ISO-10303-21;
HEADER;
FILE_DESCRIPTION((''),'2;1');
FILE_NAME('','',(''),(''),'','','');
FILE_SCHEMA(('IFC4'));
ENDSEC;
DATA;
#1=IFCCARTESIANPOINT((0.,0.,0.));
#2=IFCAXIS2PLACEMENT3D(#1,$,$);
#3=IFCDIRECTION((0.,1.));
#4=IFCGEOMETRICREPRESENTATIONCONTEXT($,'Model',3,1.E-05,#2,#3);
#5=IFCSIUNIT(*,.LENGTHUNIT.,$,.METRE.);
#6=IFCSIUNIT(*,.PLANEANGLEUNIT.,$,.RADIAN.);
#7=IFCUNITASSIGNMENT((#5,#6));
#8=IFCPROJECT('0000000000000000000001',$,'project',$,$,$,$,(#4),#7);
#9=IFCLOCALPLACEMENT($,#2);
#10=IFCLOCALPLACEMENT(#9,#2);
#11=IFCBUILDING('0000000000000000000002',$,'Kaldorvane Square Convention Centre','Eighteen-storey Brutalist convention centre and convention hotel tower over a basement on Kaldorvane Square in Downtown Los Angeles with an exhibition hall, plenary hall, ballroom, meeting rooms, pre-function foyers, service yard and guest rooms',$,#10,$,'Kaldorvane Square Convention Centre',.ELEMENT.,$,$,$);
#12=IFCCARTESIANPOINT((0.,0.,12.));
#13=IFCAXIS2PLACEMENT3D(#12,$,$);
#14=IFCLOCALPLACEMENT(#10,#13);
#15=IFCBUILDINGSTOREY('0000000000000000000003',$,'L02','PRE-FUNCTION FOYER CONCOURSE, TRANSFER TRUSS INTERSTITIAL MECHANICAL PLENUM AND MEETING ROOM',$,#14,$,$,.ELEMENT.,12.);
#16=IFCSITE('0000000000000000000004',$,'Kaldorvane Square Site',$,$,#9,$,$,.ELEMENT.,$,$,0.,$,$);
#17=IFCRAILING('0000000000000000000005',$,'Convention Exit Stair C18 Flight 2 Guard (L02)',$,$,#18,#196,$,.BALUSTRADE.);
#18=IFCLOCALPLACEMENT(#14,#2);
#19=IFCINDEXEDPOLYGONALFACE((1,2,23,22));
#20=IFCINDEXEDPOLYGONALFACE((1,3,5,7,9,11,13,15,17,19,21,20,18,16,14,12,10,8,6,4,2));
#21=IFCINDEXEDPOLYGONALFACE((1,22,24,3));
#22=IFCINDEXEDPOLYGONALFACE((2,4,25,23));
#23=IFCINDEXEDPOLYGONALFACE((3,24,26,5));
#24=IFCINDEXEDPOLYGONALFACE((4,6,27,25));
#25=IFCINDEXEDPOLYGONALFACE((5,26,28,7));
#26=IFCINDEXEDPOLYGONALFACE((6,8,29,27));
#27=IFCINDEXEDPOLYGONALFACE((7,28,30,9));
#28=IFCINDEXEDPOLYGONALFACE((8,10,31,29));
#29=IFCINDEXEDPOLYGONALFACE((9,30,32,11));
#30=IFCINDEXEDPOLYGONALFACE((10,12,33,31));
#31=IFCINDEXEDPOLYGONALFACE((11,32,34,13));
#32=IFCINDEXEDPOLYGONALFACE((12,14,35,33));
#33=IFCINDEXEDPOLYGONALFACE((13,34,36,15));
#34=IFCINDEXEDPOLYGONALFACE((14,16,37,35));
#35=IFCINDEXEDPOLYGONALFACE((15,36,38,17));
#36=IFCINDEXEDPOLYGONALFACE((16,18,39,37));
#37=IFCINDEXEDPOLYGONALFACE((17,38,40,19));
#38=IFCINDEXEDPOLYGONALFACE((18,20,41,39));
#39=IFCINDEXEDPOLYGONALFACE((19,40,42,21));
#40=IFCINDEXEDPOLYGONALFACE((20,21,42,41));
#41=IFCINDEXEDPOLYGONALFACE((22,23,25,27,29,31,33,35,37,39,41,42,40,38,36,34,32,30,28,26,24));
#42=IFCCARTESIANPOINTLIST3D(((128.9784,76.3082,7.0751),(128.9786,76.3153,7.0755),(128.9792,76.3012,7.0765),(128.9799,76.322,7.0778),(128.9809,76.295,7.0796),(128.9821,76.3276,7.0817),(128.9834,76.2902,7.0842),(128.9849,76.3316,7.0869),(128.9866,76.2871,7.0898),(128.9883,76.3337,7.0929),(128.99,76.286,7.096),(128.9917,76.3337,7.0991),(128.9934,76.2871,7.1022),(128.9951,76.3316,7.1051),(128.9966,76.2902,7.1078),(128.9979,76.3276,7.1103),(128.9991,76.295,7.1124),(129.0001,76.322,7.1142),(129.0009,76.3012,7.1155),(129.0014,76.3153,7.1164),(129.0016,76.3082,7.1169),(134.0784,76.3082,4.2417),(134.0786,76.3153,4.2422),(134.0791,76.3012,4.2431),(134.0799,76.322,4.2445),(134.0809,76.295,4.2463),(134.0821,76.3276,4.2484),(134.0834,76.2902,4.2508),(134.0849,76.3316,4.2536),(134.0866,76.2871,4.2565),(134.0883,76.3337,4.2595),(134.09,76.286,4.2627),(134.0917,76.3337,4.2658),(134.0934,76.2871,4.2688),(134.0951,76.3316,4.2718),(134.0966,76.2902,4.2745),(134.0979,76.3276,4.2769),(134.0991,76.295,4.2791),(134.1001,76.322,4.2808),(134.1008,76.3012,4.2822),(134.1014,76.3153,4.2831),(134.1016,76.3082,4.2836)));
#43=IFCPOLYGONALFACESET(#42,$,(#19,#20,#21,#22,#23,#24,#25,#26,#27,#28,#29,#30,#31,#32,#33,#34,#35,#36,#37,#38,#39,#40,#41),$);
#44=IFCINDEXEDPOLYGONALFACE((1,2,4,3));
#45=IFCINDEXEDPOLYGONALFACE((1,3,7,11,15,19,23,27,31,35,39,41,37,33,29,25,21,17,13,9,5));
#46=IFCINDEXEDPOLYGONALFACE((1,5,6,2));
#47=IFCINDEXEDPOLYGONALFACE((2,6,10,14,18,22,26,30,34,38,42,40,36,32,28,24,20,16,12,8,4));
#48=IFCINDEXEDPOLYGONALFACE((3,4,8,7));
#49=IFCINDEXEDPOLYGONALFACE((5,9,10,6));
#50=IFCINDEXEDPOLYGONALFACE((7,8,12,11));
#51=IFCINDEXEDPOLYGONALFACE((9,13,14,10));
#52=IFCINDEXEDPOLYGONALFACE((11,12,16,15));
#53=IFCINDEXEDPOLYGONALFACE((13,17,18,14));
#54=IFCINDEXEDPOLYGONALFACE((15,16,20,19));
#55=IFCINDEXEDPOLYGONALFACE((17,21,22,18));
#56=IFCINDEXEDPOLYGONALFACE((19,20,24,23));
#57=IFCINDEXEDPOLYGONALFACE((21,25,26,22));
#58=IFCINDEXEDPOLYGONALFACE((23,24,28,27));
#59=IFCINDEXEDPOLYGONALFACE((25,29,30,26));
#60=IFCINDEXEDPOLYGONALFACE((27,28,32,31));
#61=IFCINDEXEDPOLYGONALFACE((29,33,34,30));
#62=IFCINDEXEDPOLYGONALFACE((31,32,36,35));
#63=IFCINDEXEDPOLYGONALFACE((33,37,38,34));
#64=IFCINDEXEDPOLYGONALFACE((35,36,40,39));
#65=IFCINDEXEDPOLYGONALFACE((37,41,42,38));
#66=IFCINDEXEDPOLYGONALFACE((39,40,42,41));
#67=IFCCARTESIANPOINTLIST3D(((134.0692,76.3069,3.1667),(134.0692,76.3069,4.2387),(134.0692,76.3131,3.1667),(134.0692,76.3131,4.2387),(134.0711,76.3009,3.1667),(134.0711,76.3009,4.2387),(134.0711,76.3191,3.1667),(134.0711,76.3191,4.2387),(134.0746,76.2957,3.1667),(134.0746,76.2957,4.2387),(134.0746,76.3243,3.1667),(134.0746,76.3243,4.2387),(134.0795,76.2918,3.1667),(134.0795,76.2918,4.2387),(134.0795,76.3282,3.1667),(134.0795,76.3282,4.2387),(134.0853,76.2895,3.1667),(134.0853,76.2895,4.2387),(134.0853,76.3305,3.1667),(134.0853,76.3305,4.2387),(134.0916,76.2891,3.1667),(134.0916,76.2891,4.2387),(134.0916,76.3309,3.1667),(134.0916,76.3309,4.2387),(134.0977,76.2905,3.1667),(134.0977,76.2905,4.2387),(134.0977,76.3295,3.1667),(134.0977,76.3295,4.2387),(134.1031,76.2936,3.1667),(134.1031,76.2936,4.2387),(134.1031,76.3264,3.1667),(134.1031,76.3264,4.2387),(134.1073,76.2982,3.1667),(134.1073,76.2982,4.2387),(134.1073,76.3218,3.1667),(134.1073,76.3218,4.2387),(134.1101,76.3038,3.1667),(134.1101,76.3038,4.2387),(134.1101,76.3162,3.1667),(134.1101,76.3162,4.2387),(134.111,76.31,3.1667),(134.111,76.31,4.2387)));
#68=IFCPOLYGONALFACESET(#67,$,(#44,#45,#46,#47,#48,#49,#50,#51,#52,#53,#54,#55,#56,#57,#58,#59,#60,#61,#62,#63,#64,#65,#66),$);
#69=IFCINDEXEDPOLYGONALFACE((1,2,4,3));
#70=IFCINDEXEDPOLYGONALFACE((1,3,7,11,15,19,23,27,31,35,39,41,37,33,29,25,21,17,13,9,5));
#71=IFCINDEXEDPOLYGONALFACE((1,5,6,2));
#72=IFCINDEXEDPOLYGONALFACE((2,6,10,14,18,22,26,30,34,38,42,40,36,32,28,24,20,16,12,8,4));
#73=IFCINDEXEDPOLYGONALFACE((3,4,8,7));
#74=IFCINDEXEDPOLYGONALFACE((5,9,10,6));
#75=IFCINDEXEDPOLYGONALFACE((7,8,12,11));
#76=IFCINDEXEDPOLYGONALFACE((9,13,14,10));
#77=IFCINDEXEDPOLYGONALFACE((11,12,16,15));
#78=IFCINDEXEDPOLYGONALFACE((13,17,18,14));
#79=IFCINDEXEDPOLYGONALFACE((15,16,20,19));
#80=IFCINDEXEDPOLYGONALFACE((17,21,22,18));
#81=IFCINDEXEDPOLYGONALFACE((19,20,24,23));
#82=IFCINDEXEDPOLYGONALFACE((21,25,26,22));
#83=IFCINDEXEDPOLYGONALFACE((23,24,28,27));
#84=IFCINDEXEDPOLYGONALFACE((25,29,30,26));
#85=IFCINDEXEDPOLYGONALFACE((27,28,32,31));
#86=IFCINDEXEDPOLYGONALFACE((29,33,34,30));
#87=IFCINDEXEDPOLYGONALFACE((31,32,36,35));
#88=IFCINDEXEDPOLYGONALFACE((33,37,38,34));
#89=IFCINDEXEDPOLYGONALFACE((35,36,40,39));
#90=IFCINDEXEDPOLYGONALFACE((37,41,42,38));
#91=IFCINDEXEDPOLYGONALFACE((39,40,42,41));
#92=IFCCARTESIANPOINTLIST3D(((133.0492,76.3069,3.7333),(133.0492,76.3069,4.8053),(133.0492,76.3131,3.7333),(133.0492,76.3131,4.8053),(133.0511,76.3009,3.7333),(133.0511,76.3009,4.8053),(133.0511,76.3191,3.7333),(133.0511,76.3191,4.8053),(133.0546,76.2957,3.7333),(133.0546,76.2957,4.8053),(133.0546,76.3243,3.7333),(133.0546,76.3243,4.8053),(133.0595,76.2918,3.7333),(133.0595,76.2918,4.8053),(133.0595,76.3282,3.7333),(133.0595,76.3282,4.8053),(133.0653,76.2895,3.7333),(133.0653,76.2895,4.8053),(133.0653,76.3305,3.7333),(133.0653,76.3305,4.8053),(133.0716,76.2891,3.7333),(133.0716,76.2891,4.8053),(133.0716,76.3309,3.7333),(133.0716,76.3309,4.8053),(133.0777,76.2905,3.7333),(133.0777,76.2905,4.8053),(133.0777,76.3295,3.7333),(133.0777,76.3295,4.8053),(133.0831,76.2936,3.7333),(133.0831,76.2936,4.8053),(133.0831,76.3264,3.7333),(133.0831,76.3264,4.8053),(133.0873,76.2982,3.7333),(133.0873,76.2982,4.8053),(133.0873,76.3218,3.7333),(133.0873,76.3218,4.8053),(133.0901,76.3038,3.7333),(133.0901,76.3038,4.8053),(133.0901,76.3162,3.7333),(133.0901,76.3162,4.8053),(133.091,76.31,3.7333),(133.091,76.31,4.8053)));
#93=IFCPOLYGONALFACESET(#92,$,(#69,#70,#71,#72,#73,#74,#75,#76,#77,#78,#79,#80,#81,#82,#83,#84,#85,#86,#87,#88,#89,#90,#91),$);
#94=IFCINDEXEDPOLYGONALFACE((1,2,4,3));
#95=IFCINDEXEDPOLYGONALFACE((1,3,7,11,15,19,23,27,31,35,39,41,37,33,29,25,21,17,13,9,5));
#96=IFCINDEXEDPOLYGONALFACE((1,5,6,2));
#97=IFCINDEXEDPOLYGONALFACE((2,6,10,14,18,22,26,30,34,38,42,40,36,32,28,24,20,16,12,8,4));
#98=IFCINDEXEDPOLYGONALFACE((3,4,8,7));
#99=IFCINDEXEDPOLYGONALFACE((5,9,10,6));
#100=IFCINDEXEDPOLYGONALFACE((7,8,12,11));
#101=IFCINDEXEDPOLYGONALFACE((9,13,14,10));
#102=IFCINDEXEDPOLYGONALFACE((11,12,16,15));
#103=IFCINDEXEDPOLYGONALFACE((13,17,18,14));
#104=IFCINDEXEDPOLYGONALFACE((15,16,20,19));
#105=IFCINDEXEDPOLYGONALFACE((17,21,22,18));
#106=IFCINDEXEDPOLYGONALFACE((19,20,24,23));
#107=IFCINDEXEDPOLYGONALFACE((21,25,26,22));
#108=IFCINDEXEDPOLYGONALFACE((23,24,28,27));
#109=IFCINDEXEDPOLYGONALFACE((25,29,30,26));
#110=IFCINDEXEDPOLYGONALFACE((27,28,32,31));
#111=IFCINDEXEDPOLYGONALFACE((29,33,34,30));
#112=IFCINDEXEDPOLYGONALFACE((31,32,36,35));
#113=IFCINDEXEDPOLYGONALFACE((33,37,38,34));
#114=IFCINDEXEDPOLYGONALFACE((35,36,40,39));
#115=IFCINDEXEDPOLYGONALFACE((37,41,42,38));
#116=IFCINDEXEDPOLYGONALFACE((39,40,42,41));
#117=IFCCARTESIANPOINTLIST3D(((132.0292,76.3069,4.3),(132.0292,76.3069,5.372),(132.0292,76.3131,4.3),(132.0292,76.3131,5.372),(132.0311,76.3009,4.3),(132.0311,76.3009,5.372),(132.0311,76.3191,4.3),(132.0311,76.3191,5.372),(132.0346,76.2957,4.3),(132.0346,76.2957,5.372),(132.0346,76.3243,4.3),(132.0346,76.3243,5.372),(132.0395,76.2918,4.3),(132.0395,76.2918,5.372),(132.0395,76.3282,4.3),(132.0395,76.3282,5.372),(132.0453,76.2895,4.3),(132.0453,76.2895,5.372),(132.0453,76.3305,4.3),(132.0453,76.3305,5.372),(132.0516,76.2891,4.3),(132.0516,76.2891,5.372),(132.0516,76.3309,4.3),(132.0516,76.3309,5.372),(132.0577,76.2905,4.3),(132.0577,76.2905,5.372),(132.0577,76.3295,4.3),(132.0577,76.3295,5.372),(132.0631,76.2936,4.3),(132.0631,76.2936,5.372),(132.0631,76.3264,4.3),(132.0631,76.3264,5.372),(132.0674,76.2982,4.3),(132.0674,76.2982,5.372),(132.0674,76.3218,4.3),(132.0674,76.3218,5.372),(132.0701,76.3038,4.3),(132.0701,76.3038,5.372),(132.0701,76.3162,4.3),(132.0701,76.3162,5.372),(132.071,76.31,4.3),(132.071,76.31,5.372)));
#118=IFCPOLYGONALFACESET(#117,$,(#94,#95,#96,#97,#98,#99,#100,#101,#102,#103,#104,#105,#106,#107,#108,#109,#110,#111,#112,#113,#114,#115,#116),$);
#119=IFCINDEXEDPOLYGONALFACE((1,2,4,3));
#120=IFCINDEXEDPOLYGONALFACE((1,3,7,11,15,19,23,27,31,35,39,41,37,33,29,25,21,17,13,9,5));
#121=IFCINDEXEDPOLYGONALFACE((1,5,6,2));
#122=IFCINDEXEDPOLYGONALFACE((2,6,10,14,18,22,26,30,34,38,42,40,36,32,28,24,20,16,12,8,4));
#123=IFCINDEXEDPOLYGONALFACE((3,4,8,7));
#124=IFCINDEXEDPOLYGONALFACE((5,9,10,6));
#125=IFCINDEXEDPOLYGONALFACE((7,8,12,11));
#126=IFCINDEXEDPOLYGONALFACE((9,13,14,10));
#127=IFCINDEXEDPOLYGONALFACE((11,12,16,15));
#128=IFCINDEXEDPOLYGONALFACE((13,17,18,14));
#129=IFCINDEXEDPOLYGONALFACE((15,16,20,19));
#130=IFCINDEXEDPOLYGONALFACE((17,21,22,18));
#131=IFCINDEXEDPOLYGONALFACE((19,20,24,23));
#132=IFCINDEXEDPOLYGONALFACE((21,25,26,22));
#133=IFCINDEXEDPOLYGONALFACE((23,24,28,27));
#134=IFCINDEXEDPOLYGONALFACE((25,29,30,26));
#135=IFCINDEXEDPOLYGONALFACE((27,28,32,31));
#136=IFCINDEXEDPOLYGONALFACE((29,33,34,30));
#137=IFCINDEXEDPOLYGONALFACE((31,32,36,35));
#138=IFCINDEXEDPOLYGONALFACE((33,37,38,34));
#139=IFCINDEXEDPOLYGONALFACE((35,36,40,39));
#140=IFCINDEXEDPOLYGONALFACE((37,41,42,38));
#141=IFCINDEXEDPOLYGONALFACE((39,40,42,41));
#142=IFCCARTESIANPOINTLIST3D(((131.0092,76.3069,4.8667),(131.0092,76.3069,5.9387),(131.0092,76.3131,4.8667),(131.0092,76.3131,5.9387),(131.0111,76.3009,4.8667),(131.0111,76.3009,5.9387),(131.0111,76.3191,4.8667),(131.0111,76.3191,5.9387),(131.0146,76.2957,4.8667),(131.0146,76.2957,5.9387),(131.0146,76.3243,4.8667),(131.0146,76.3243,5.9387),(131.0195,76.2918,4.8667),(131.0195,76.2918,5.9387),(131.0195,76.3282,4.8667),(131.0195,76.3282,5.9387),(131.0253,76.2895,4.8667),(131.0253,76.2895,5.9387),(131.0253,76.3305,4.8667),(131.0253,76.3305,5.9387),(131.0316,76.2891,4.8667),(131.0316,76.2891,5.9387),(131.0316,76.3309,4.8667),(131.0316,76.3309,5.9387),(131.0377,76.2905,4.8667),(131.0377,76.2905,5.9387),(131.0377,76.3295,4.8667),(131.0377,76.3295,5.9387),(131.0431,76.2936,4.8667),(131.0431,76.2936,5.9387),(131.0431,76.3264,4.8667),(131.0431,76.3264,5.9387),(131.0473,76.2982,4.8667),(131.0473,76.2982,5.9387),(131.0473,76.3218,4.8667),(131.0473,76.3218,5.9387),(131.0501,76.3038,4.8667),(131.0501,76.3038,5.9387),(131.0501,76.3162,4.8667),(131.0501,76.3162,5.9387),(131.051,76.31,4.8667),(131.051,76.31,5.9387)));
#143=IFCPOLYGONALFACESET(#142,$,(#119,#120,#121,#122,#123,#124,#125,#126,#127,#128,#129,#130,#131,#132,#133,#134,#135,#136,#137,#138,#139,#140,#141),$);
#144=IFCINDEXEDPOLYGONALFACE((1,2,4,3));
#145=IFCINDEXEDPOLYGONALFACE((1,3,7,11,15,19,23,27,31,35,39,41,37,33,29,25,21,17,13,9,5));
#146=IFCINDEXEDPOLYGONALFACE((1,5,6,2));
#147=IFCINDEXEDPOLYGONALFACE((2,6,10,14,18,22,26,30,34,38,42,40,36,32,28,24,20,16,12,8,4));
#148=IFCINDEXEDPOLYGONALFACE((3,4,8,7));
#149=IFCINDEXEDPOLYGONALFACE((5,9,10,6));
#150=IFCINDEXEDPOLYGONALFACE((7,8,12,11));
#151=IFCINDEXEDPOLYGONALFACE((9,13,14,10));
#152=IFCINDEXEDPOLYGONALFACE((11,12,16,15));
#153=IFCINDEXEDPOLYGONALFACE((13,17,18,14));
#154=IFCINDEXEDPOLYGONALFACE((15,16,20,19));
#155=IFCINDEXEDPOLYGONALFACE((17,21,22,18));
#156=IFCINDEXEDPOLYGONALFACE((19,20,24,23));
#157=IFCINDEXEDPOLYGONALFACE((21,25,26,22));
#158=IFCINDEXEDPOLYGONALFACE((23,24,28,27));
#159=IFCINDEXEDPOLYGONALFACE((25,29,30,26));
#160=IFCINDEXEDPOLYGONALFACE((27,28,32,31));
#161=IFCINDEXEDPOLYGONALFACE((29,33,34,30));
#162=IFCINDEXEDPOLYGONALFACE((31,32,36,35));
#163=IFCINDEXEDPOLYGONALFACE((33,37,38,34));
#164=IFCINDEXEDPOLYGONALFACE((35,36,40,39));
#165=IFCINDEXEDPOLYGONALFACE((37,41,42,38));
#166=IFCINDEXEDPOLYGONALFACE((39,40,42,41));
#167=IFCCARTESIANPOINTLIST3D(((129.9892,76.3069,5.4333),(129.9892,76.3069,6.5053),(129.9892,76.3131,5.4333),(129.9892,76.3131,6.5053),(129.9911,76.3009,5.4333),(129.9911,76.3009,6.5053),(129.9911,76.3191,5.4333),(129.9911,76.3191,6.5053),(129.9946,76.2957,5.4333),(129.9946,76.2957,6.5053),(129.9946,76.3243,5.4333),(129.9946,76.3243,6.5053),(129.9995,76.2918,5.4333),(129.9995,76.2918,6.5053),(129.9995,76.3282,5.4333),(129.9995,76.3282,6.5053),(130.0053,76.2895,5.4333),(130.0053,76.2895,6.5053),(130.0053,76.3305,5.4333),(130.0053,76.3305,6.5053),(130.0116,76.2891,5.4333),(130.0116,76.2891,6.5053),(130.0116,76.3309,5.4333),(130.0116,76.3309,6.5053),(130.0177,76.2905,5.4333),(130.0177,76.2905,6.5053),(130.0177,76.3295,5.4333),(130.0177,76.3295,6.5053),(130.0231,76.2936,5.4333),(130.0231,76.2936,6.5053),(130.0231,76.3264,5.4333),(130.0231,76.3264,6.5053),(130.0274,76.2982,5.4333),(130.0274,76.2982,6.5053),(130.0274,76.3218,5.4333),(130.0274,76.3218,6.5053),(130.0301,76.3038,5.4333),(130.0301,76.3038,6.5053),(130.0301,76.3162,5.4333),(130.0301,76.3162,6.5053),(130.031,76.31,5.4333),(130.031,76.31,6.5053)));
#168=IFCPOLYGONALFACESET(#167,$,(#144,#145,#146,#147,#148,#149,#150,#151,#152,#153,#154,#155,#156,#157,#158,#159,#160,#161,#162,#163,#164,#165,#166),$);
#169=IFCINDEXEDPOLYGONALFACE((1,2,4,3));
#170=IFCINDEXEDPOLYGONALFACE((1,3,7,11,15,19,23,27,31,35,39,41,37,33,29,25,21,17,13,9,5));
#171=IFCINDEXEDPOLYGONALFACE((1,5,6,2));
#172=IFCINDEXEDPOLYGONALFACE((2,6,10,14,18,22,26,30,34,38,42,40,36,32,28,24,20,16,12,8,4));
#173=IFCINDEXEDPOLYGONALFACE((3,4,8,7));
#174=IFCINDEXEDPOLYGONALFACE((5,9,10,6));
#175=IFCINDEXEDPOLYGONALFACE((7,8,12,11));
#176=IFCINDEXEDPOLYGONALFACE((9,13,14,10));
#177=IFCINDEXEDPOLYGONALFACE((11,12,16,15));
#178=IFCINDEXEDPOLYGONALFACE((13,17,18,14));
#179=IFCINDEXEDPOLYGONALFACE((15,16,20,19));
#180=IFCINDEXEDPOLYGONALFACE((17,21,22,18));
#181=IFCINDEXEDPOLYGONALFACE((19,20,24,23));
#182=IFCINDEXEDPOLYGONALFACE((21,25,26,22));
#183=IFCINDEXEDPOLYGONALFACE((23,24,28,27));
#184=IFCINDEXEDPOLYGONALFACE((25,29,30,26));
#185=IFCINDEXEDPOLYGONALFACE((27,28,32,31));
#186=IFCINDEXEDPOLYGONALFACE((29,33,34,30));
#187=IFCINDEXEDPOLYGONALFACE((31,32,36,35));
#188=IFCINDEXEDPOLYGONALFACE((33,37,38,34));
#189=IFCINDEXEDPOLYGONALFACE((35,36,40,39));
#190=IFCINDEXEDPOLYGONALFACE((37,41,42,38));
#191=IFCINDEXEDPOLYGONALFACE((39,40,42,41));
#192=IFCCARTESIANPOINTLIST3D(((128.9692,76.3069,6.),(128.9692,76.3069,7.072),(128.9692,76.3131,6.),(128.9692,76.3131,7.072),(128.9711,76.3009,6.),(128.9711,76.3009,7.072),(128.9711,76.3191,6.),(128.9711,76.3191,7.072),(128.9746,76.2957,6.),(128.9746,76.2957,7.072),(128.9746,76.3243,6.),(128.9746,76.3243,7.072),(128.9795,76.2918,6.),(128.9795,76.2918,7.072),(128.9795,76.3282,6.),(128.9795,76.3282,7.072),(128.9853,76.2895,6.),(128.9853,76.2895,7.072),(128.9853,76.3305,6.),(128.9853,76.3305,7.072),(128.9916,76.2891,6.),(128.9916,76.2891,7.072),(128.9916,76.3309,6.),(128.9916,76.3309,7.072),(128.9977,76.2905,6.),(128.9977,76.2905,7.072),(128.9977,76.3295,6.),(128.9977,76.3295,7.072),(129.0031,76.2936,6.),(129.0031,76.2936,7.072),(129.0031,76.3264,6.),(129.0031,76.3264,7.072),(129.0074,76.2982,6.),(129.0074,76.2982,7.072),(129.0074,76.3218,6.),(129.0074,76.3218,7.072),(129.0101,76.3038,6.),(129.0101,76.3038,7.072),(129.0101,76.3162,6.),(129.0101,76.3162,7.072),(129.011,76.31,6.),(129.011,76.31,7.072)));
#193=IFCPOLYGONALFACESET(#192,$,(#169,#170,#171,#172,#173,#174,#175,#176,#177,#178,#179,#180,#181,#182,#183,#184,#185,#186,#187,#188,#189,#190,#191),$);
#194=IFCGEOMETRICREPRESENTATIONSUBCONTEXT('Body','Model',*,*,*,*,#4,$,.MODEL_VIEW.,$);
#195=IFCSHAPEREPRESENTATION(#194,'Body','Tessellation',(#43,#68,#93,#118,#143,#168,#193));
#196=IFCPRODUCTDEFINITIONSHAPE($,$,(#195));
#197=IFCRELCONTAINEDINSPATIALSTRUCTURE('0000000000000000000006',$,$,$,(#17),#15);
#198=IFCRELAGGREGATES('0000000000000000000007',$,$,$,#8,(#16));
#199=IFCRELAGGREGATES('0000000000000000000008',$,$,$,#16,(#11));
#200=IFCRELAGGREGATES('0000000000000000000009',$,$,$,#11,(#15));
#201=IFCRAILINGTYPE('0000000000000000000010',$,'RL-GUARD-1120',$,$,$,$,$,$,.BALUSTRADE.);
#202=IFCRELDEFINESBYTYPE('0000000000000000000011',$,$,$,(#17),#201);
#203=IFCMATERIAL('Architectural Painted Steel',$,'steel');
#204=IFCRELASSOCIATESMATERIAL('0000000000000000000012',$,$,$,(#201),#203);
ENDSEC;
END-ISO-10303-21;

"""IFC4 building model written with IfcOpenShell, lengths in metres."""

from ifc_helpers import new_model, si_unit, direction, frame, origin, origin_2d, place, context, subcontext, project, spatial, circle, extrude, material, type_object, element, save


model = new_model("IFC4")

# Units and contexts
model_context = context("Model", 3, precision=1e-05, world=origin(), true_north=direction((0.0, 1.0)))
body_context = subcontext(model_context, "Body", "Model", "MODEL_VIEW")
ifc_project = project(units=[si_unit("LENGTHUNIT", "METRE"), si_unit("PLANEANGLEUNIT", "RADIAN")], contexts=[model_context])

# Site, building, storey
site_placement = place(None, origin())
site = spatial("IfcSite", under=ifc_project, at=site_placement, Name="Kaldorvane Square Site", CompositionType="ELEMENT", RefElevation=0.0)
building_placement = place(site_placement, origin())
building = spatial("IfcBuilding", under=site, at=building_placement, Name="Kaldorvane Square Convention Centre", Description="Eighteen-storey Brutalist convention centre and convention hotel tower over a basement on Kaldorvane Square in Downtown Los Angeles with an exhibition hall, plenary hall, ballroom, meeting rooms, pre-function foyers, service yard and guest rooms", LongName="Kaldorvane Square Convention Centre", CompositionType="ELEMENT")
storey_placement = place(building_placement, frame((0.0, 0.0, 12.0)))
storey = spatial("IfcBuildingStorey", under=building, at=storey_placement, Name="L02", Description="PRE-FUNCTION FOYER CONCOURSE, TRANSFER TRUSS INTERSTITIAL MECHANICAL PLENUM AND MEETING ROOM", CompositionType="ELEMENT", Elevation=12.0)

# Railing
ifc_material_1 = material(Name="Architectural Painted Steel", Category="steel")
railing_type_1 = type_object("IfcRailingType", Name="RL-GUARD-1120", PredefinedType="BALUSTRADE", material=ifc_material_1)
railing_1_placement = place(storey_placement, frame((134.09, 76.31, 3.1667)))
element("IfcRailing", 1, at=railing_1_placement, inside=storey, type_object=railing_type_1, Name="Convention Exit Stair C18 Flight 2 Guard (L02)", PredefinedType="BALUSTRADE", context=body_context, shape_type="SweptSolid", body=[
    extrude(circle(Radius=0.024, at=origin_2d()), frame((0.0, 0.0, 1.096), z_axis=(-0.874157, 0.0, 0.485643), x_axis=(0.0, -1.0, 0.0)), (0.0, 0.0, 1.0), 5.8342),
    extrude(circle(Radius=0.021, at=origin_2d()), origin(), (0.0, 0.0, 1.0), 1.072),
    extrude(circle(Radius=0.021, at=origin_2d()), frame((-1.02, 0.0, 0.5667)), (0.0, 0.0, 1.0), 1.072),
    extrude(circle(Radius=0.021, at=origin_2d()), frame((-2.04, 0.0, 1.1333)), (0.0, 0.0, 1.0), 1.072),
    extrude(circle(Radius=0.021, at=origin_2d()), frame((-3.06, 0.0, 1.7)), (0.0, 0.0, 1.0), 1.072),
    extrude(circle(Radius=0.021, at=origin_2d()), frame((-4.08, 0.0, 2.2667)), (0.0, 0.0, 1.0), 1.072),
    extrude(circle(Radius=0.021, at=origin_2d()), frame((-5.1, 0.0, 2.8333)), (0.0, 0.0, 1.0), 1.072),
])

save(model, "model.ifc")
